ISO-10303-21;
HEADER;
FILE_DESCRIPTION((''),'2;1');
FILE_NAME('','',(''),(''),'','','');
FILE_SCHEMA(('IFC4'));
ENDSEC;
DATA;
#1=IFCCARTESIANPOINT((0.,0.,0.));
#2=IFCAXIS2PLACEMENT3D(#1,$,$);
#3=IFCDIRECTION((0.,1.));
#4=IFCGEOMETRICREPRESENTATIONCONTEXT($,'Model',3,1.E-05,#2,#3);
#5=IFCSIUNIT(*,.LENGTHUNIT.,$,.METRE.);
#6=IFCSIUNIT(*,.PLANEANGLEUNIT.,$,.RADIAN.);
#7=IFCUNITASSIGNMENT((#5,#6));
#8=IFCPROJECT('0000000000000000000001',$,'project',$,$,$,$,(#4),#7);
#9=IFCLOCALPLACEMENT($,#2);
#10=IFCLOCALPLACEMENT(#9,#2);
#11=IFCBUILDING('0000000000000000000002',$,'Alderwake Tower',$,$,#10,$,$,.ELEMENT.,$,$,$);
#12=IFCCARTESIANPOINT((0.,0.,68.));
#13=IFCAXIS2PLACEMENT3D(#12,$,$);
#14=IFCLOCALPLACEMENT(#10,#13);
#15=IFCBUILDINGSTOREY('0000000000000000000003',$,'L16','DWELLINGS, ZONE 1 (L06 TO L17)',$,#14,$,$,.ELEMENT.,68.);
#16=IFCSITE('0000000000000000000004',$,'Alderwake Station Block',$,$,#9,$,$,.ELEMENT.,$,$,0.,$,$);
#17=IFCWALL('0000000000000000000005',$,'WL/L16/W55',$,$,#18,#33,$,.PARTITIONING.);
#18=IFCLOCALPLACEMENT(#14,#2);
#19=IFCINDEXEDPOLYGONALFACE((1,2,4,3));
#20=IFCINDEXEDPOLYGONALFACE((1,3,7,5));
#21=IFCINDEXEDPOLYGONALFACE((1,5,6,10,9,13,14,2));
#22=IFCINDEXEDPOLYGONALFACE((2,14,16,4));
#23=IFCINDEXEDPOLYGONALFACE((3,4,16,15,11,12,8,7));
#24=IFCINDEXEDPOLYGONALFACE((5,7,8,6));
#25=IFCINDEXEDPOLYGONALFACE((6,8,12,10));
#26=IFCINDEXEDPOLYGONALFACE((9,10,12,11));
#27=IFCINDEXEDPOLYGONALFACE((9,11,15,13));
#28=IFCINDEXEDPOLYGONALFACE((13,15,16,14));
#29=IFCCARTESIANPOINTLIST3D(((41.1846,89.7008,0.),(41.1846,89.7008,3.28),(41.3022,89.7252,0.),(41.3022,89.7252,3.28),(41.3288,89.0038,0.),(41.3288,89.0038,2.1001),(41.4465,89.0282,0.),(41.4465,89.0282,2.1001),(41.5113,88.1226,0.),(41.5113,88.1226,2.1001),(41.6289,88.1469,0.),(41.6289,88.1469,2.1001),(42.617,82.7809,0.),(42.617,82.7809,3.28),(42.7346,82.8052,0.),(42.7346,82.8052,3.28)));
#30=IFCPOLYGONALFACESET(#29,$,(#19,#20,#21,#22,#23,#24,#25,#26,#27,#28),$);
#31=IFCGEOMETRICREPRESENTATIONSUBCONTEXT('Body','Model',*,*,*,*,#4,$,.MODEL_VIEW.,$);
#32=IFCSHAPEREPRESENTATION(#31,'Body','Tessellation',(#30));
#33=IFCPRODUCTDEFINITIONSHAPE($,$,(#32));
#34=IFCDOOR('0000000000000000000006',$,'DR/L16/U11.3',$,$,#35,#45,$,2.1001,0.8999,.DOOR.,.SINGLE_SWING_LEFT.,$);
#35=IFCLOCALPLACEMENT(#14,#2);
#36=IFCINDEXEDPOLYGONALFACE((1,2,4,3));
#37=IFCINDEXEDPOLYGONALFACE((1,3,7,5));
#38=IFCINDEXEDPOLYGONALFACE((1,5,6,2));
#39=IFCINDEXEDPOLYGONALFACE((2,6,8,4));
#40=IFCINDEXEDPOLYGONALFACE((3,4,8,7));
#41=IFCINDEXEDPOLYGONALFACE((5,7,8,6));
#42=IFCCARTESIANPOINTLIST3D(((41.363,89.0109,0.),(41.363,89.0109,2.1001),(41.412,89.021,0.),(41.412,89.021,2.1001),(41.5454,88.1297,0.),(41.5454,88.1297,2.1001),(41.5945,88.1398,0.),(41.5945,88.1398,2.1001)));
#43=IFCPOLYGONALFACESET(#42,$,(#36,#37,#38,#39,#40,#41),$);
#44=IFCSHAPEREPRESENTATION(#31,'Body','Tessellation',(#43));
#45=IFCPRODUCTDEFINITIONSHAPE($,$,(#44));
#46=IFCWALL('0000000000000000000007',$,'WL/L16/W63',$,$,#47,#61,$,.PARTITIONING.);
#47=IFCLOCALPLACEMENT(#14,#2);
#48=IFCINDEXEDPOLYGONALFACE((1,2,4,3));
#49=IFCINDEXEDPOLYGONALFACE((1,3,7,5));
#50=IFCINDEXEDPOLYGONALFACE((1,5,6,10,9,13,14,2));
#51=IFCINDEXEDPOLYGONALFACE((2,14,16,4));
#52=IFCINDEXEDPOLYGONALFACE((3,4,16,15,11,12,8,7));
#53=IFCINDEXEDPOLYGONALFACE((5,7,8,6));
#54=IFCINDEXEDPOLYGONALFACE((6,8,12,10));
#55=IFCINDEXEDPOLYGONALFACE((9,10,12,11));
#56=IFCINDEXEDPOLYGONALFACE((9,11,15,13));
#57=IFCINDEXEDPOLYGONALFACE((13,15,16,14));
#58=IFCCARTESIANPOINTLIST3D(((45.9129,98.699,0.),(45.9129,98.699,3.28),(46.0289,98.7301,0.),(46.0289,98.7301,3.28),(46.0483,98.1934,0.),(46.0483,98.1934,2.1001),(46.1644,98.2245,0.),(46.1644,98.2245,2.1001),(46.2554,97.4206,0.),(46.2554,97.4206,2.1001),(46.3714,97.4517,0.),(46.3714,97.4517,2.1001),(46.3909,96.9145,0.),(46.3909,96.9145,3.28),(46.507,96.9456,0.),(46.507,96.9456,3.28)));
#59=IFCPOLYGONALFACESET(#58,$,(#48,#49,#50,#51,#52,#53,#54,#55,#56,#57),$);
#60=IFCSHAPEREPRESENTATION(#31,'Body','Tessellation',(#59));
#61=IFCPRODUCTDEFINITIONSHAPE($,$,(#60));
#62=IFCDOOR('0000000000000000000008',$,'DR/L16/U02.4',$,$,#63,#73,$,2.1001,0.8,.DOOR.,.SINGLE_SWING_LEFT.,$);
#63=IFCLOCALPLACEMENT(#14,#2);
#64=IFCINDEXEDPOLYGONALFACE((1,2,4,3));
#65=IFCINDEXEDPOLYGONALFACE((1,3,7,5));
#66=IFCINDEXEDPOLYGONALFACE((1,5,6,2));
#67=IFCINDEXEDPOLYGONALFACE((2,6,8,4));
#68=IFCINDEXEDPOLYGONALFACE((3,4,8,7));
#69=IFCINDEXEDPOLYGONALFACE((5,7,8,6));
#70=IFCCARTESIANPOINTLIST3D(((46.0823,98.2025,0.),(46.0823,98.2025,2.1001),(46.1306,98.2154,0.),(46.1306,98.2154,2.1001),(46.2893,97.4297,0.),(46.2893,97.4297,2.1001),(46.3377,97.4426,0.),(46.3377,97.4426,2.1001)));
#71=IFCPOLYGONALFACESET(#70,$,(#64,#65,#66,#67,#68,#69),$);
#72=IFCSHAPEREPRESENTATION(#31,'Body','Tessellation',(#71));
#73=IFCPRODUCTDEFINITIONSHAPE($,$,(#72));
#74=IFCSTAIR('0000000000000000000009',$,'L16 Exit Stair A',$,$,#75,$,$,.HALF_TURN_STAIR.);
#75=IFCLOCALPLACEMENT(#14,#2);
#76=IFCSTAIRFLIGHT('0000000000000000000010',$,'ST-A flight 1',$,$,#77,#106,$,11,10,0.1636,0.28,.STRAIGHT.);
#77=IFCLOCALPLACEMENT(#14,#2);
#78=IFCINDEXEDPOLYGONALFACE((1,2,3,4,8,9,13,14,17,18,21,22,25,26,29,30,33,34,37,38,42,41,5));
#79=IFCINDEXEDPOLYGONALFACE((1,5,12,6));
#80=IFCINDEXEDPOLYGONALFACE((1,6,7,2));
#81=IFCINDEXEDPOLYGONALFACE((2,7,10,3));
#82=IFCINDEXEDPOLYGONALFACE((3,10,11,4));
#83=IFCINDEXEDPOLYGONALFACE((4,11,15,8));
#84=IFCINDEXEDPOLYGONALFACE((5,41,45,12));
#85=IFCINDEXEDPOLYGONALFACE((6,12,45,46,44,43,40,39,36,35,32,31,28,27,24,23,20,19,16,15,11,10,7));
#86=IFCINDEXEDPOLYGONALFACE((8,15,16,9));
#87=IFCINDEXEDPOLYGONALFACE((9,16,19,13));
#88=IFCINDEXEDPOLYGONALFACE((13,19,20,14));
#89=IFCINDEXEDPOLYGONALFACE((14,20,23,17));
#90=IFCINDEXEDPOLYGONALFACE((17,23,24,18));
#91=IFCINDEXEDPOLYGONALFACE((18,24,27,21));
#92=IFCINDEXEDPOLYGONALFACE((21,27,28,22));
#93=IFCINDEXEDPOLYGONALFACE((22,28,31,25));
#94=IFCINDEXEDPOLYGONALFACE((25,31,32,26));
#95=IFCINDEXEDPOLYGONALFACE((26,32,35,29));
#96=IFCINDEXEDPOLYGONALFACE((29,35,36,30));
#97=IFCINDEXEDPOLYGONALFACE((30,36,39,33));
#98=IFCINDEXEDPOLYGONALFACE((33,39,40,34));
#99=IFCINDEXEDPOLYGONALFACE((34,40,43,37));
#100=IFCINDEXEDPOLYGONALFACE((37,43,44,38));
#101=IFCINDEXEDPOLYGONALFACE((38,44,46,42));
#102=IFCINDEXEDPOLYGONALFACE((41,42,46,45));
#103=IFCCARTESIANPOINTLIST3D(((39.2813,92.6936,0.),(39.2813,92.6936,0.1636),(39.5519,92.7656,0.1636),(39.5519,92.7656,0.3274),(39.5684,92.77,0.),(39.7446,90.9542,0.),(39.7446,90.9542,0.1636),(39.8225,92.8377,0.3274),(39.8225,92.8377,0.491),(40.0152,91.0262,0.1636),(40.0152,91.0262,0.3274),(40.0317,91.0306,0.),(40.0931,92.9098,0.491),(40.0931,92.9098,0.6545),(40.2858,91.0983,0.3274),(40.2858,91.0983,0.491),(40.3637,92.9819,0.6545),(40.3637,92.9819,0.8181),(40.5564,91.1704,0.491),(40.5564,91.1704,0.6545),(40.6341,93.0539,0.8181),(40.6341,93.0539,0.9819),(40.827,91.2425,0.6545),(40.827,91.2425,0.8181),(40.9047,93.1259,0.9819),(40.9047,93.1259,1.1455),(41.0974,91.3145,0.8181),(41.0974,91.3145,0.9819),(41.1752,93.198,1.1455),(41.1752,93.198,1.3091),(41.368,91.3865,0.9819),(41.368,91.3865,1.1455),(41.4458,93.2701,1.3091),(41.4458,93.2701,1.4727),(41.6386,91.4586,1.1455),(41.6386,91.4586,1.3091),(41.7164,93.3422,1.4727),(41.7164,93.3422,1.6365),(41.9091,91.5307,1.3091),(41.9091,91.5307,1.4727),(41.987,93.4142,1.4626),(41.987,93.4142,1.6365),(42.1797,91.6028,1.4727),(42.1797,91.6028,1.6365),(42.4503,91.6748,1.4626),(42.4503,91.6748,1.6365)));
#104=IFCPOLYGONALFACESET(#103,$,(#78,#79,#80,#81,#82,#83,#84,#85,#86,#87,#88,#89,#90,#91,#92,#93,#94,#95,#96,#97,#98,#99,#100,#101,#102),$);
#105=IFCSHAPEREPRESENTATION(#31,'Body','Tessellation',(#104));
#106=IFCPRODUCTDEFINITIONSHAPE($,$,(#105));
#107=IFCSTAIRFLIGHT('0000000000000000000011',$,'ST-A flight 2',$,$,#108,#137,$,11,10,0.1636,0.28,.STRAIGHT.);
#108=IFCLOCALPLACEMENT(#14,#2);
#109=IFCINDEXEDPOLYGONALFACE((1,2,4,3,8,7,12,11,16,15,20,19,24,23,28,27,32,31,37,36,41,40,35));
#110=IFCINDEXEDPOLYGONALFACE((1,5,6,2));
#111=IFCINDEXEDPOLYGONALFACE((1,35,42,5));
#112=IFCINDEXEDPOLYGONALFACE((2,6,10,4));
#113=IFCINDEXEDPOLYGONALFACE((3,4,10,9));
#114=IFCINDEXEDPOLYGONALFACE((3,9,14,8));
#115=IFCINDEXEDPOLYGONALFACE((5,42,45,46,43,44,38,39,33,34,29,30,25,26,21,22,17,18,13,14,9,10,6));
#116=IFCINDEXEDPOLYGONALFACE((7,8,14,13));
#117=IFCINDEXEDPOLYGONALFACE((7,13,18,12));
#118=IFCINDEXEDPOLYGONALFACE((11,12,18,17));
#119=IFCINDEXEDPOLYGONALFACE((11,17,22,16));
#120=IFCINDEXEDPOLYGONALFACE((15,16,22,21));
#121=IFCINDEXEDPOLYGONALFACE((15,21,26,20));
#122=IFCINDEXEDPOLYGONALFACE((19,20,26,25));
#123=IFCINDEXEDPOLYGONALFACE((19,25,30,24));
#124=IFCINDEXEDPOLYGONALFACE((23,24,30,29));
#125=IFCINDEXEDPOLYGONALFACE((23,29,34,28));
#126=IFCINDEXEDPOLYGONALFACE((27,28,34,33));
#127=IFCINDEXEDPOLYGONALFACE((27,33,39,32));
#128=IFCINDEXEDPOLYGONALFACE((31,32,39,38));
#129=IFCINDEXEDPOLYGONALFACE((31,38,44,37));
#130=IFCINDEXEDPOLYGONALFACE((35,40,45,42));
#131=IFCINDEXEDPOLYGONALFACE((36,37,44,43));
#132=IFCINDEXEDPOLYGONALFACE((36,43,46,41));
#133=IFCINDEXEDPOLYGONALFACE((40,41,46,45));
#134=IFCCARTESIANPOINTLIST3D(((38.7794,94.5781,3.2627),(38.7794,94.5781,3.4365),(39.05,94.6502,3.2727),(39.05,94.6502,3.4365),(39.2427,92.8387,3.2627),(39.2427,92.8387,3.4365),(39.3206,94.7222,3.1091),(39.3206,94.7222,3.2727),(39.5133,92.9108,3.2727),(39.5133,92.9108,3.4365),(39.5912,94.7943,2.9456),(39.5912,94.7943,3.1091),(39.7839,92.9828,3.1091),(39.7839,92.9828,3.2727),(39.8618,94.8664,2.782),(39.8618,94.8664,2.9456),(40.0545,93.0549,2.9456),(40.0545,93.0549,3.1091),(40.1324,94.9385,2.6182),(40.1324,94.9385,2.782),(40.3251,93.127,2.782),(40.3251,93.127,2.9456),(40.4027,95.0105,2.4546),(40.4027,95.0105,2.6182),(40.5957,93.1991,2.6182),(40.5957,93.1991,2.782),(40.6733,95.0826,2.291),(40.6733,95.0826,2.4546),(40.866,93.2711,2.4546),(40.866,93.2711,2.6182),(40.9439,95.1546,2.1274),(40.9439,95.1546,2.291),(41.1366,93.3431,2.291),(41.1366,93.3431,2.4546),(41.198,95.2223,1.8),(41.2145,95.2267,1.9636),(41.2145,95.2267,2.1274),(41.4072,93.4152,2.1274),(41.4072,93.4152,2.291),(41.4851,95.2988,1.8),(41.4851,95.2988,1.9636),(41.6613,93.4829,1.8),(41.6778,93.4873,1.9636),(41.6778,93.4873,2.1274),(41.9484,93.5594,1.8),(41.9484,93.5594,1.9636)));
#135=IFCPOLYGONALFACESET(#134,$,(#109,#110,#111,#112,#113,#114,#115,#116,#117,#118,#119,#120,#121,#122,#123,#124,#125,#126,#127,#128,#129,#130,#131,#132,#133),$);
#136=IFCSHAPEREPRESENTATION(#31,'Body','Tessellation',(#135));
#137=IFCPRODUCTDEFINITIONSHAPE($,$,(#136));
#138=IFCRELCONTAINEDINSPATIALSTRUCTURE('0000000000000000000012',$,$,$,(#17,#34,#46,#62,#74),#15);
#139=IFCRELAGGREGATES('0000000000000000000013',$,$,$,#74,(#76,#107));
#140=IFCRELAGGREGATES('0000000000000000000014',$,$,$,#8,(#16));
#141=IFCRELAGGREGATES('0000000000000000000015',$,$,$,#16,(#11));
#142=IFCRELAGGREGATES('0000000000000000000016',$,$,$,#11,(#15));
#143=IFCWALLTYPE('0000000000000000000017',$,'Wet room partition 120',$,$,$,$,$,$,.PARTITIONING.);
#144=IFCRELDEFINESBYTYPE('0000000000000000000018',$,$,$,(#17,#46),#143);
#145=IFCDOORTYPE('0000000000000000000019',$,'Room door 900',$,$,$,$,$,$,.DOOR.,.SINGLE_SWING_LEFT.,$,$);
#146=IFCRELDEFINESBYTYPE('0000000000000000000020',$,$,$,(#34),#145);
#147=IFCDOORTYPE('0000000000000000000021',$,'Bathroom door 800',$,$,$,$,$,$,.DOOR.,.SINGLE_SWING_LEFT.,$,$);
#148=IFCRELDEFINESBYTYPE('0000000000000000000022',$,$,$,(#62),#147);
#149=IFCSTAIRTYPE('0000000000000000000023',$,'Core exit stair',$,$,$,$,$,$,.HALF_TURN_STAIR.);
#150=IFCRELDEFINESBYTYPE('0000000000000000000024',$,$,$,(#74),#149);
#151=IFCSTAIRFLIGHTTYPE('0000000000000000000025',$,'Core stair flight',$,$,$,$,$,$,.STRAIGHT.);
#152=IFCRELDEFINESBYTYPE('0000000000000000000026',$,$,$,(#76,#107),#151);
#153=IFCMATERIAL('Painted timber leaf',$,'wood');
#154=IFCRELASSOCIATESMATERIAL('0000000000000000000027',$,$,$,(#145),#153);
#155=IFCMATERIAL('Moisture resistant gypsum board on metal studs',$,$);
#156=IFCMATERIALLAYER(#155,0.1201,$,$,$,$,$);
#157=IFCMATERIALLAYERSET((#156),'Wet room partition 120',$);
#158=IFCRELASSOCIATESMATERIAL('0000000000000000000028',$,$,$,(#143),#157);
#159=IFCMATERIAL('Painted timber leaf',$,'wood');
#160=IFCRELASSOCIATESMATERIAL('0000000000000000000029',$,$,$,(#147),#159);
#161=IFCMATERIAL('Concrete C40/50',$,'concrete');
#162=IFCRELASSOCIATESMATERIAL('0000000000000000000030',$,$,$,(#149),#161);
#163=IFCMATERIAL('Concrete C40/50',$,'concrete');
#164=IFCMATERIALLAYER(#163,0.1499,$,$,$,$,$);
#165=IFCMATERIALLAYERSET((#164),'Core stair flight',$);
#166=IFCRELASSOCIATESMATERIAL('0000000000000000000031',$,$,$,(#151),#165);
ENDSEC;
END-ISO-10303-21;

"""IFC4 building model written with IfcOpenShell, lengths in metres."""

from ifc_helpers import new_model, si_unit, direction, frame, frame_2d, origin, place, context, subcontext, project, spatial, polyline, rectangle, outline, extrude, material, layer, layer_set, type_object, element, fill, aggregate, save


model = new_model("IFC4")

# Units and contexts
model_context = context("Model", 3, precision=1e-05, world=origin(), true_north=direction((0.0, 1.0)))
body_context = subcontext(model_context, "Body", "Model", "MODEL_VIEW")
ifc_project = project(units=[si_unit("LENGTHUNIT", "METRE"), si_unit("PLANEANGLEUNIT", "RADIAN")], contexts=[model_context])

# Site, building, storey
site_placement = place(None, origin())
site = spatial("IfcSite", under=ifc_project, at=site_placement, Name="Alderwake Station Block", CompositionType="ELEMENT", RefElevation=0.0)
building_placement = place(site_placement, origin())
building = spatial("IfcBuilding", under=site, at=building_placement, Name="Alderwake Tower", CompositionType="ELEMENT")
storey_placement = place(building_placement, frame((0.0, 0.0, 68.0)))
storey = spatial("IfcBuildingStorey", under=building, at=storey_placement, Name="L16", Description="DWELLINGS, ZONE 1 (L06 TO L17)", CompositionType="ELEMENT", Elevation=68.0)

# Shared definitions
ifc_material_1 = material(Name="Painted timber leaf", Category="wood")
door_type_1 = type_object("IfcDoorType", Name="Room door 900", OperationType="SINGLE_SWING_LEFT", PredefinedType="DOOR", material=ifc_material_1)

# Walls, openings, doors
ifc_material_2 = material(Name="Moisture resistant gypsum board on metal studs")
ifc_layer_1 = layer(ifc_material_2, 0.1201)
ifc_layer_set_1 = layer_set([ifc_layer_1], Name="Wet room partition 120")
wall_type_1 = type_object("IfcWallType", Name="Wet room partition 120", PredefinedType="PARTITIONING", material=ifc_layer_set_1)
wall_1_placement = place(storey_placement, frame((41.2434, 89.7129, 0.0), z_axis=(0.0, 0.0, 1.0), x_axis=(0.202696, -0.979242, 0.0)))
wall_1 = element("IfcWall", 1, at=wall_1_placement, inside=storey, type_object=wall_type_1, Name="WL/L16/W55", PredefinedType="PARTITIONING", context=body_context, shape_type="SweptSolid", body=[
    extrude(rectangle(XDim=7.0667, YDim=0.1201, at=frame_2d((3.5332, 0.0))), origin(), (0.0, 0.0, 1.0), 3.28),
])
opening_1_placement = place(wall_1_placement, frame((0.7117, 0.0, 0.0)))
opening_1 = element("IfcOpeningElement", 2, at=opening_1_placement, cuts=wall_1, PredefinedType="OPENING", context=body_context, shape_type="SweptSolid", body=[
    extrude(rectangle(XDim=0.8999, YDim=2.1001, at=frame_2d((0.45, 1.05))), frame((0.0, 0.0701, 0.0), z_axis=(0.0, -1.0, 0.0), x_axis=(1.0, 0.0, 0.0)), (0.0, 0.0, 1.0), 0.1401),
])
door_1_placement = place(opening_1_placement, origin())
door_1 = element("IfcDoor", 3, at=door_1_placement, inside=storey, type_object=door_type_1, Name="DR/L16/U11.3", OperationType="SINGLE_SWING_LEFT", OverallHeight=2.1001, OverallWidth=0.8999, PredefinedType="DOOR", context=body_context, shape_type="SweptSolid", body=[
    extrude(rectangle(XDim=0.8999, YDim=2.1001, at=frame_2d((0.45, 1.05))), frame((0.0, 0.0249, 0.0), z_axis=(0.0, -1.0, 0.0), x_axis=(1.0, 0.0, 0.0)), (0.0, 0.0, 1.0), 0.05),
])
fill(opening_1, door_1)
wall_2_placement = place(storey_placement, frame((46.449, 96.9299, 0.0), z_axis=(0.0, 0.0, 1.0), x_axis=(-0.258765, 0.96594, 0.0)))
wall_2 = element("IfcWall", 4, at=wall_2_placement, inside=storey, type_object=wall_type_1, Name="WL/L16/W63", PredefinedType="PARTITIONING", context=body_context, shape_type="SweptSolid", body=[
    extrude(rectangle(XDim=1.8474, YDim=0.1201, at=frame_2d((0.9238, 0.0))), origin(), (0.0, 0.0, 1.0), 3.28),
])
opening_2_placement = place(wall_2_placement, frame((0.5242, 0.0, 0.0)))
opening_2 = element("IfcOpeningElement", 5, at=opening_2_placement, cuts=wall_2, PredefinedType="OPENING", context=body_context, shape_type="SweptSolid", body=[
    extrude(rectangle(XDim=0.8, YDim=2.1001, at=frame_2d((0.3999, 1.05))), frame((0.0, 0.0701, 0.0), z_axis=(0.0, -1.0, 0.0), x_axis=(1.0, 0.0, 0.0)), (0.0, 0.0, 1.0), 0.1401),
])
ifc_material_3 = material(Name="Painted timber leaf", Category="wood")
door_type_2 = type_object("IfcDoorType", Name="Bathroom door 800", OperationType="SINGLE_SWING_LEFT", PredefinedType="DOOR", material=ifc_material_3)
door_2_placement = place(opening_2_placement, origin())
door_2 = element("IfcDoor", 6, at=door_2_placement, inside=storey, type_object=door_type_2, Name="DR/L16/U02.4", OperationType="SINGLE_SWING_LEFT", OverallHeight=2.1001, OverallWidth=0.8, PredefinedType="DOOR", context=body_context, shape_type="SweptSolid", body=[
    extrude(rectangle(XDim=0.8, YDim=2.1001, at=frame_2d((0.3999, 1.05))), frame((0.0, 0.0249, 0.0), z_axis=(0.0, -1.0, 0.0), x_axis=(1.0, 0.0, 0.0)), (0.0, 0.0, 1.0), 0.05),
])
fill(opening_2, door_2)

# Stair, stair flights
ifc_material_4 = material(Name="Concrete C40/50", Category="concrete")
stair_type = type_object("IfcStairType", Name="Core exit stair", PredefinedType="HALF_TURN_STAIR", material=ifc_material_4)
stair_placement = place(storey_placement, origin())
stair = element("IfcStair", 7, at=stair_placement, inside=storey, type_object=stair_type, Name="L16 Exit Stair A", PredefinedType="HALF_TURN_STAIR")
ifc_material_5 = material(Name="Concrete C40/50", Category="concrete")
ifc_layer_2 = layer(ifc_material_5, 0.1499)
ifc_layer_set_2 = layer_set([ifc_layer_2], Name="Core stair flight")
stair_flight_type = type_object("IfcStairFlightType", Name="Core stair flight", PredefinedType="STRAIGHT", material=ifc_layer_set_2)
stair_flight_1_placement = place(storey_placement, frame((39.5129, 91.824, 0.0), z_axis=(0.0, 0.0, 1.0), x_axis=(0.96631, 0.257382, 0.0)))
stair_flight_1 = element("IfcStairFlight", 8, at=stair_flight_1_placement, type_object=stair_flight_type, Name="ST-A flight 1", NumberOfRisers=11, NumberOfTreads=10, PredefinedType="STRAIGHT", RiserHeight=0.1636, TreadLength=0.28, context=body_context, shape_type="SweptSolid", body=[
    extrude(outline(polyline([(0.0, 0.0), (0.0, 0.1636), (0.28, 0.1636), (0.28, 0.3274), (0.5601, 0.3274), (0.5601, 0.491), (0.8401, 0.491), (0.8401, 0.6545), (1.1201, 0.6545), (1.1201, 0.8181), (1.3999, 0.8181), (1.3999, 0.9819), (1.6799, 0.9819), (1.6799, 1.1455), (1.96, 1.1455), (1.96, 1.3091), (2.24, 1.3091), (2.24, 1.4727), (2.52, 1.4727), (2.52, 1.6365), (2.8, 1.6365), (2.8, 1.8), (2.8, 1.4626), (0.2971, 0.0), (0.0, 0.0)])), frame((0.0, 0.8999, 0.0), z_axis=(0.0, -1.0, 0.0), x_axis=(1.0, 0.0, 0.0)), (0.0, 0.0, 1.0), 1.8),
])
stair_flight_2_placement = place(storey_placement, frame((41.7168, 94.429, 1.8), z_axis=(0.0, 0.0, 1.0), x_axis=(-0.96631, -0.257382, 0.0)))
stair_flight_2 = element("IfcStairFlight", 9, at=stair_flight_2_placement, type_object=stair_flight_type, Name="ST-A flight 2", NumberOfRisers=11, NumberOfTreads=10, PredefinedType="STRAIGHT", RiserHeight=0.1636, TreadLength=0.28, context=body_context, shape_type="SweptSolid", body=[
    extrude(outline(polyline([(0.0, 0.0), (0.0, 0.1636), (0.28, 0.1636), (0.28, 0.3274), (0.5601, 0.3274), (0.5601, 0.491), (0.8401, 0.491), (0.8401, 0.6545), (1.1201, 0.6545), (1.1201, 0.8181), (1.3999, 0.8181), (1.3999, 0.9819), (1.6799, 0.9819), (1.6799, 1.1455), (1.96, 1.1455), (1.96, 1.3091), (2.24, 1.3091), (2.24, 1.4727), (2.52, 1.4727), (2.52, 1.6365), (2.8, 1.6365), (2.8, 1.8), (2.8, 1.4626), (0.2971, 0.0), (0.0, 0.0)])), frame((0.0, 0.8999, 0.0), z_axis=(0.0, -1.0, 0.0), x_axis=(1.0, 0.0, 0.0)), (0.0, 0.0, 1.0), 1.8),
])
aggregate(stair, [stair_flight_1, stair_flight_2])

save(model, "model.ifc")
